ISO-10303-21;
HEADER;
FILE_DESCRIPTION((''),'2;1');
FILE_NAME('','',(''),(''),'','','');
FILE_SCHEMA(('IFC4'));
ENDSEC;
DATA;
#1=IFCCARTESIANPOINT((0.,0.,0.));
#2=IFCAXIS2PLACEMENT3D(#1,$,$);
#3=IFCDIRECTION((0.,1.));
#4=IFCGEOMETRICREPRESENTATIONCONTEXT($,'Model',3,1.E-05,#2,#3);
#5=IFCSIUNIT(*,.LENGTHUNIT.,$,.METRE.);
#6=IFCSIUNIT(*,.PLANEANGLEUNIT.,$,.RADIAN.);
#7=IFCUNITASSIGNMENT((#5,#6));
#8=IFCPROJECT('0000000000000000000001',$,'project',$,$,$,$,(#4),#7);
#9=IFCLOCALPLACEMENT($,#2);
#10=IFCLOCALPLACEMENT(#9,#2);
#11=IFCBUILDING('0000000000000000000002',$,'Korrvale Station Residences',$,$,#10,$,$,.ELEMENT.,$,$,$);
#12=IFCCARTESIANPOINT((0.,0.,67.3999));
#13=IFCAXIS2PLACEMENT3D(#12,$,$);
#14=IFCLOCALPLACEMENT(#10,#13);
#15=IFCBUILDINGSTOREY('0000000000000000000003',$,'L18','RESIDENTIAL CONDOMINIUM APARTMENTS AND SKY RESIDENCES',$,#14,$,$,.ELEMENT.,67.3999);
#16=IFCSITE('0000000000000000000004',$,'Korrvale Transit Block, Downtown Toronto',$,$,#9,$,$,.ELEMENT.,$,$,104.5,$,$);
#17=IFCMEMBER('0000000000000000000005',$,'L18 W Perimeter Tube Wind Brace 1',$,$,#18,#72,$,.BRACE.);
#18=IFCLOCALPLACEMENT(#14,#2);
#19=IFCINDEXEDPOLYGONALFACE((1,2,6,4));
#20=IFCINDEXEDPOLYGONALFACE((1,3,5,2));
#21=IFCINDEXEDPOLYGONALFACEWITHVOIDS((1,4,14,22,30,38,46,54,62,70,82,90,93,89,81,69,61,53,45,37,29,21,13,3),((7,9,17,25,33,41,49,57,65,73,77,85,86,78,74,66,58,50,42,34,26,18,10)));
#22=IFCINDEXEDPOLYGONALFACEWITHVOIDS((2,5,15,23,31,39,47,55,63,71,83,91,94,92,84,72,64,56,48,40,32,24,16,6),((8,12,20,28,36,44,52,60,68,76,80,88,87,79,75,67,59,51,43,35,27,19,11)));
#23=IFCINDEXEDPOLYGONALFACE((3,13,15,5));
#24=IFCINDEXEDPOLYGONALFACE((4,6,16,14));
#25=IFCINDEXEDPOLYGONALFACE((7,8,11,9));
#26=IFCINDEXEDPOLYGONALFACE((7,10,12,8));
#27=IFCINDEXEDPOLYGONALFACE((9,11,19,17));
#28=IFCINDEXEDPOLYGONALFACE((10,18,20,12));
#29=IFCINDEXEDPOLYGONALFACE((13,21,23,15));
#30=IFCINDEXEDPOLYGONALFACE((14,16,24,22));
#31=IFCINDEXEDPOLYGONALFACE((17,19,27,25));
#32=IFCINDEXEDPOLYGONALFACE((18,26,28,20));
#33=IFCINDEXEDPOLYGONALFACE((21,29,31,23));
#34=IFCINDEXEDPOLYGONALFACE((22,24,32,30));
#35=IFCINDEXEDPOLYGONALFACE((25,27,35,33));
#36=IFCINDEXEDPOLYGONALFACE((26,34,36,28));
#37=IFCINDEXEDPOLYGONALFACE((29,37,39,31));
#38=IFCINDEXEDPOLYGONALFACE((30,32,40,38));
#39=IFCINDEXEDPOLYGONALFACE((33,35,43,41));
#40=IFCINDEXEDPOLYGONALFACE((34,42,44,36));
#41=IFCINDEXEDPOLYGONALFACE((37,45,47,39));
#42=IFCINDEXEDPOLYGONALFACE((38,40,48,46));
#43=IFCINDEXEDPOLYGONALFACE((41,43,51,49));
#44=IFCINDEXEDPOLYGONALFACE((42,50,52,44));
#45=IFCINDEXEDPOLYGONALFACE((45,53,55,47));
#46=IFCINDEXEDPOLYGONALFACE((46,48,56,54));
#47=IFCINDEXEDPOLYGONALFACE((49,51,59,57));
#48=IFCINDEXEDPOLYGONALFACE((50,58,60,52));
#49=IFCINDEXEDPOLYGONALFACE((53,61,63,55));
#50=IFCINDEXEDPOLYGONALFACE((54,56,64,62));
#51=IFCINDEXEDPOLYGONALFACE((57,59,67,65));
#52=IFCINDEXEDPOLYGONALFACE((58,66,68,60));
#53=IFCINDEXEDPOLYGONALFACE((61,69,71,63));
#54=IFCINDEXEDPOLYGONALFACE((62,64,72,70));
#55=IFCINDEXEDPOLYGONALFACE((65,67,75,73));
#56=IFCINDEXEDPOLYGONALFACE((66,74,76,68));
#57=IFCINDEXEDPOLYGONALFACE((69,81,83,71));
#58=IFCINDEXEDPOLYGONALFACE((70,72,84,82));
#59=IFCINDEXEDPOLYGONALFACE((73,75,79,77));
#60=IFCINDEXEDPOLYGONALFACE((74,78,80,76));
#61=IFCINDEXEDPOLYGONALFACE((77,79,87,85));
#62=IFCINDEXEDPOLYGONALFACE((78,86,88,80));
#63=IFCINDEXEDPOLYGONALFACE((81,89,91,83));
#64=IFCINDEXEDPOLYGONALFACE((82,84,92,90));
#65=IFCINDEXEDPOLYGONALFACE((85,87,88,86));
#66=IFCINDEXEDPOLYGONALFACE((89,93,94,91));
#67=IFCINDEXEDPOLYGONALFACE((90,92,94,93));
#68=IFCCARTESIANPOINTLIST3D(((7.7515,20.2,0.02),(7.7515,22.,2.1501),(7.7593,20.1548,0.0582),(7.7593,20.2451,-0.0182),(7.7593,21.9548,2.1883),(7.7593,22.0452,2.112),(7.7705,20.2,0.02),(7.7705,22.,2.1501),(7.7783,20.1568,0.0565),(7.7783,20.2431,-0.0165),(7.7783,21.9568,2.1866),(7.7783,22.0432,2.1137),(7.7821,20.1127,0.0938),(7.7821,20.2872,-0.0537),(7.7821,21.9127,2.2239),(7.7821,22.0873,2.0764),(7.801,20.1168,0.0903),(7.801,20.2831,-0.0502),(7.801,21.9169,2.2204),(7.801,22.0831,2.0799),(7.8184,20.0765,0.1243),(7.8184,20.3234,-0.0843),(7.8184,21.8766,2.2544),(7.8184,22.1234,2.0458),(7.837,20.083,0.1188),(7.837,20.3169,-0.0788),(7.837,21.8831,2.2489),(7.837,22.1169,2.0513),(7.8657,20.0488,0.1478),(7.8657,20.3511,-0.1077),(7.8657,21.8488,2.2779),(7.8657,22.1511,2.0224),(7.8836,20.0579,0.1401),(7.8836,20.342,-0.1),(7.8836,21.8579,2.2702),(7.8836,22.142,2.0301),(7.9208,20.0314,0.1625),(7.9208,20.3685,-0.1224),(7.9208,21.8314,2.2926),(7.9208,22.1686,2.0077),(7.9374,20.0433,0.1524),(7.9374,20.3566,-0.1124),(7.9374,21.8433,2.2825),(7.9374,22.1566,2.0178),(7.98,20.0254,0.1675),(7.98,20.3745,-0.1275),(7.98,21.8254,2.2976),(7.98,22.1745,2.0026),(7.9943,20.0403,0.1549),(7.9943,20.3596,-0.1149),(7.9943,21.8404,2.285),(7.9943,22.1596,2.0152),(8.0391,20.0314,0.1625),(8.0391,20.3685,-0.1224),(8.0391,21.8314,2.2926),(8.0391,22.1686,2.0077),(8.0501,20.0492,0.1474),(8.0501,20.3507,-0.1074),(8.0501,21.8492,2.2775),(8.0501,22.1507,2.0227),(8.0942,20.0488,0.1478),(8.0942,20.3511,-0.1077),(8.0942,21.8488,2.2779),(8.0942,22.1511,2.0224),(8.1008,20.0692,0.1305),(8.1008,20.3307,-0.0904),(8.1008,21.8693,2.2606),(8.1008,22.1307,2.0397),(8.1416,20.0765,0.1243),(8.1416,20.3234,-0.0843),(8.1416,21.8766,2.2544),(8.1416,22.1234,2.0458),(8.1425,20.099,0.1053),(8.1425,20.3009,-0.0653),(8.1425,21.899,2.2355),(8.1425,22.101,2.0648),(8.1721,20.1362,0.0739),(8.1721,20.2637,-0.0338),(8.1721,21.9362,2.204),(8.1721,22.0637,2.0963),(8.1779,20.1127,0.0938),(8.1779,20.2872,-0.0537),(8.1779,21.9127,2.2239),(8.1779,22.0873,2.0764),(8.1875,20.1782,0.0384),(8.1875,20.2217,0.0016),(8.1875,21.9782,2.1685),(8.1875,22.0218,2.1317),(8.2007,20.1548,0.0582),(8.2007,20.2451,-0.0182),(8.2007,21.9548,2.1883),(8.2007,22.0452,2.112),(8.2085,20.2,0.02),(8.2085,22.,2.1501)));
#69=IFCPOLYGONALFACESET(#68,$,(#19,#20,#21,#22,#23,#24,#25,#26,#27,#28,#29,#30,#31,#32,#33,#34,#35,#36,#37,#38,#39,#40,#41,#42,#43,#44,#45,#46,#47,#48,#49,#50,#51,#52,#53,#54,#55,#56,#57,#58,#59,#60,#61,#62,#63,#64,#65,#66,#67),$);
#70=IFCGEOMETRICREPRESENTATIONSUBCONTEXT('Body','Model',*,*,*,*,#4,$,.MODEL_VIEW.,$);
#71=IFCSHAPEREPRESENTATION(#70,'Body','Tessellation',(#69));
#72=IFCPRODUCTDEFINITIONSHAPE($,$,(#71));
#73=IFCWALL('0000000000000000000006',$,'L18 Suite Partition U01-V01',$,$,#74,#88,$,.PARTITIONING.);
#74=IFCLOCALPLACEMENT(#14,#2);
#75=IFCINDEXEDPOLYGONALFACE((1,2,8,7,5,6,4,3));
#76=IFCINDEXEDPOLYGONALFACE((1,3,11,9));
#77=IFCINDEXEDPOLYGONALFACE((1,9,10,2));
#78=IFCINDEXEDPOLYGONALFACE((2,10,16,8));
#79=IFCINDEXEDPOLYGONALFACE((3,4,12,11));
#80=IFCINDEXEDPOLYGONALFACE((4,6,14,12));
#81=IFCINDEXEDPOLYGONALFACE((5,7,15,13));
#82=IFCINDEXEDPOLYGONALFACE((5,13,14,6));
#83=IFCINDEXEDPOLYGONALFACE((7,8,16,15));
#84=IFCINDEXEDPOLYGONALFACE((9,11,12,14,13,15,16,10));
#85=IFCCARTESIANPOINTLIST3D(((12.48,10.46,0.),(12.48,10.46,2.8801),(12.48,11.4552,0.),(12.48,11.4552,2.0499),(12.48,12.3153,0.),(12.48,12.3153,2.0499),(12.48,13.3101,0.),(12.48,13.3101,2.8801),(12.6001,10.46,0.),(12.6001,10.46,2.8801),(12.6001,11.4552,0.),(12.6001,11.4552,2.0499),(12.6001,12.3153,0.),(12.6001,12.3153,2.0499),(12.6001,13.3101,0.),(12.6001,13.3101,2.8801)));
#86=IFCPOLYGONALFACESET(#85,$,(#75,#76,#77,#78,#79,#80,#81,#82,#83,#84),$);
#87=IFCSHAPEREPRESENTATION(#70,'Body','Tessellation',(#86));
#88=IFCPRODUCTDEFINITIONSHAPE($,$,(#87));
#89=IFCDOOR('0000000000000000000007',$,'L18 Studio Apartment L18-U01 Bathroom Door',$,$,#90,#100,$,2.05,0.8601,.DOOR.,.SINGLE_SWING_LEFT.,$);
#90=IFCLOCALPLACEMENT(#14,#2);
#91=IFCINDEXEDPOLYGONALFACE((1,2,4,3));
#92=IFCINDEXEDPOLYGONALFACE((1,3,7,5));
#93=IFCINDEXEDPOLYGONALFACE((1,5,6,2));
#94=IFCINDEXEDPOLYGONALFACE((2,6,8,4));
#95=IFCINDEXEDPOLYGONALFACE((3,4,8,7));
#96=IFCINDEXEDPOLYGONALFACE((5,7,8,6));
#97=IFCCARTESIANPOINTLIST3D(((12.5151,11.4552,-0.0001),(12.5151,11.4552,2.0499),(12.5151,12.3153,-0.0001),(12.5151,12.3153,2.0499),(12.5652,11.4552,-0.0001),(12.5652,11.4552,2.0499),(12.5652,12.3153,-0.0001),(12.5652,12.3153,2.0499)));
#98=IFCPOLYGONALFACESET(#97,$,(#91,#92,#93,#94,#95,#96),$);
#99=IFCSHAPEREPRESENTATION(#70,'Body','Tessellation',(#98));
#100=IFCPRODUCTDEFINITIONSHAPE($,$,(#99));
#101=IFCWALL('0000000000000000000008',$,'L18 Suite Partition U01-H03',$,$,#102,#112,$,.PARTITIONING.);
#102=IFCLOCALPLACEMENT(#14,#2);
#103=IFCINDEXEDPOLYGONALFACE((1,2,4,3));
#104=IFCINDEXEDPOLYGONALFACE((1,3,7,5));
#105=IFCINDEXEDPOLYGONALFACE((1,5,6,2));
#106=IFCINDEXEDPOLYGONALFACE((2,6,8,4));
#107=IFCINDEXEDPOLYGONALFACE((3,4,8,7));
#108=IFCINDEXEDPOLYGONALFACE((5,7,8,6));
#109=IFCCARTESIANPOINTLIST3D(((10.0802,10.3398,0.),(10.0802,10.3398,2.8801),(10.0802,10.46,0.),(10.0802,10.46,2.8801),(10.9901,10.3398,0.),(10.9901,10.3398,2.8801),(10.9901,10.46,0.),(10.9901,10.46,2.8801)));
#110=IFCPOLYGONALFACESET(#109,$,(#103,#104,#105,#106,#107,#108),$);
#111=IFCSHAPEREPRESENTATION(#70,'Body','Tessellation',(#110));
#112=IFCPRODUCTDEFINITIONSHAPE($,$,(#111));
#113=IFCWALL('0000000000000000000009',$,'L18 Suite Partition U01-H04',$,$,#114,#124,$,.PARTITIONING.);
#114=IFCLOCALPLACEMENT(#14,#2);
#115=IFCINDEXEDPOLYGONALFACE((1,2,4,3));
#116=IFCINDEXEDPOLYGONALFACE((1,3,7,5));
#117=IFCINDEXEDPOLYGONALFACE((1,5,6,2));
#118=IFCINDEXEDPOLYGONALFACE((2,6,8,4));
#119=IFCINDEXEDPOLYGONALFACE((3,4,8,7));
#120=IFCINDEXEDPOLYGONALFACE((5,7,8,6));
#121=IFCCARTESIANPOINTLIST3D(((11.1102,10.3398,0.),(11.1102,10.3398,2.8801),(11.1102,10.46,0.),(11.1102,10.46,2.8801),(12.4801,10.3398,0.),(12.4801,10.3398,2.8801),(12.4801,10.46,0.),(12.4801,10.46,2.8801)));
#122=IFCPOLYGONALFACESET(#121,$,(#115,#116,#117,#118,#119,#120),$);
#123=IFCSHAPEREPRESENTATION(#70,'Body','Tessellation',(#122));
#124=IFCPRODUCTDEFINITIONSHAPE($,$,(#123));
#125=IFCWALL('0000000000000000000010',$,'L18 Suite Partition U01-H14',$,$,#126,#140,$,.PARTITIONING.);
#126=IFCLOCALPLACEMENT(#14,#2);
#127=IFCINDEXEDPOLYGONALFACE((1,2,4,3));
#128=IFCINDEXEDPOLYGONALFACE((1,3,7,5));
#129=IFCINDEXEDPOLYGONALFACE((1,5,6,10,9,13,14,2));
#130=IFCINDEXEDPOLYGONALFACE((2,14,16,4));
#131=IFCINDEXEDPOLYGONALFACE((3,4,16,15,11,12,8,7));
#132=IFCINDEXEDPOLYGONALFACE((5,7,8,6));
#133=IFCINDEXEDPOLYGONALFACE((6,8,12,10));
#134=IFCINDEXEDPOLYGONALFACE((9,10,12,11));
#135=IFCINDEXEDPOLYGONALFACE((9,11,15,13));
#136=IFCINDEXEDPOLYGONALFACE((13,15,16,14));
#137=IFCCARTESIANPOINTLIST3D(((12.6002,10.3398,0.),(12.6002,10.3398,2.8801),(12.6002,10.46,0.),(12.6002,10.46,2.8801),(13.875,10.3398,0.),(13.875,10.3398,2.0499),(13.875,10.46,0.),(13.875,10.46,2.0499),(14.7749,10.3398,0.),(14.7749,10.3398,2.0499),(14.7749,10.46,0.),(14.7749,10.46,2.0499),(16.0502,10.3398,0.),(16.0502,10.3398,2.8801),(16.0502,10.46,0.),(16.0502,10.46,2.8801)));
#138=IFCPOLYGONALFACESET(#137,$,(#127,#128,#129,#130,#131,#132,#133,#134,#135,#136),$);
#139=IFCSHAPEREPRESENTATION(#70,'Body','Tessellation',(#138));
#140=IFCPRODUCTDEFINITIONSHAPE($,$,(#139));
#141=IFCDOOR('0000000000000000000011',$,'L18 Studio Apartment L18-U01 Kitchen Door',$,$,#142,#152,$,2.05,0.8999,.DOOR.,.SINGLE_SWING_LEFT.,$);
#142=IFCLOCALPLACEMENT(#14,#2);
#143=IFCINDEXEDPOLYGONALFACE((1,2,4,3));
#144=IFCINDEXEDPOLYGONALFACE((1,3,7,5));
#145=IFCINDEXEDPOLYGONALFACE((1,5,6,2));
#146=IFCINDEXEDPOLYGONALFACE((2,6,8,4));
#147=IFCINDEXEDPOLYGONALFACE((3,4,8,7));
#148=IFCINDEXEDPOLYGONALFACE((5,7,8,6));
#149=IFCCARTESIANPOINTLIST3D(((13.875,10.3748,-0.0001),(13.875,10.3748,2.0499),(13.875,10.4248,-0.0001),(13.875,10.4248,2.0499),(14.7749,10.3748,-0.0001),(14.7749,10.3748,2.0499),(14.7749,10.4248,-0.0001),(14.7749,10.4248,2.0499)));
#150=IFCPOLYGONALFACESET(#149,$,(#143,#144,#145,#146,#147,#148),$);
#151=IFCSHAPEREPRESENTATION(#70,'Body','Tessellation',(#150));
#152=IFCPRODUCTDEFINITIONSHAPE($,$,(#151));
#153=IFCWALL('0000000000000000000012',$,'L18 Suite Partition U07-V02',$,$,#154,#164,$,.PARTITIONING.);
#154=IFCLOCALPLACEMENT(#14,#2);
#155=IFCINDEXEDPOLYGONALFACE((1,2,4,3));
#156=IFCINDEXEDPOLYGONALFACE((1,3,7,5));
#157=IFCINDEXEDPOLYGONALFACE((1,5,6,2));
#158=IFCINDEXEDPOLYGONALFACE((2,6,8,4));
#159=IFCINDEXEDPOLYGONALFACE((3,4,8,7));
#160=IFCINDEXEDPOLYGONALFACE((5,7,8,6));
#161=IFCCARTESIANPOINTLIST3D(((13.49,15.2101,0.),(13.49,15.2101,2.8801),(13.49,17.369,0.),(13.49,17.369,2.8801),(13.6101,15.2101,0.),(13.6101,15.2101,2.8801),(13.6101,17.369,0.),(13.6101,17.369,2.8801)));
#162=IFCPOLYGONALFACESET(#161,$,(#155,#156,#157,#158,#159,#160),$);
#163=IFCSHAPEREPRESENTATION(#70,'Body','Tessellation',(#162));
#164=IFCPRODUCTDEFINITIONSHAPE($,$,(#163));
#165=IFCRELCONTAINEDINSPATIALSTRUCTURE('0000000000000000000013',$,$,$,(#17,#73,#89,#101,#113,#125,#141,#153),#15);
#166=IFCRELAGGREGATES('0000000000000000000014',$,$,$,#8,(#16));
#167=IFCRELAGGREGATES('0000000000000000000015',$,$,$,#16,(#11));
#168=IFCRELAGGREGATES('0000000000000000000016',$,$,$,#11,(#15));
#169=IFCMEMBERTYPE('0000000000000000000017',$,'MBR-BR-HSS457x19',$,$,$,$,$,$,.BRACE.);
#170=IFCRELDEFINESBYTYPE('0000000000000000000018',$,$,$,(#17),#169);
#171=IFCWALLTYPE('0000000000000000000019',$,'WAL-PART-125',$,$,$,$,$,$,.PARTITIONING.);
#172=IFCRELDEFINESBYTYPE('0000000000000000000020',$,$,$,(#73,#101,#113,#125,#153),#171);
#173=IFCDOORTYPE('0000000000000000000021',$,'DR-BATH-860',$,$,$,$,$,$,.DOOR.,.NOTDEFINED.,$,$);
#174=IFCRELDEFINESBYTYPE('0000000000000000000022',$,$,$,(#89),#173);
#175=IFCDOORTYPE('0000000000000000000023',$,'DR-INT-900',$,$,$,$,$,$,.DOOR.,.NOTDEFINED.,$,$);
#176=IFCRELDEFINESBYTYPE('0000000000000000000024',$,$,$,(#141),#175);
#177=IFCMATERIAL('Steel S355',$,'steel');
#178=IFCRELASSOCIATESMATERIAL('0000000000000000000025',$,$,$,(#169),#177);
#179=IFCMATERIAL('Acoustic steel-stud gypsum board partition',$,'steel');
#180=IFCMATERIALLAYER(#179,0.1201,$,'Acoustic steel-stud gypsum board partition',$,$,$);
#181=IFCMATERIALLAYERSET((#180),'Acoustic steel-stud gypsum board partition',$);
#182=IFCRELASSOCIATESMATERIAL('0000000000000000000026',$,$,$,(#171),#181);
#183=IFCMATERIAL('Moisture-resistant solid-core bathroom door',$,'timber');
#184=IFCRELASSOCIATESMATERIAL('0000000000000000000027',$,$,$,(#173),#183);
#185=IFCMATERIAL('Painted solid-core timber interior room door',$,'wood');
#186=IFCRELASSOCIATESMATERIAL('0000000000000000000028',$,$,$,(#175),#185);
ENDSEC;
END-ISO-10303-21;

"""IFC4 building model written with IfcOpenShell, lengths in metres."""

from ifc_helpers import new_model, si_unit, direction, frame, frame_2d, origin, origin_2d, place, context, subcontext, project, spatial, rectangle, hollow_circle, extrude, material, layer, layer_set, material_profile, profile_set, type_object, element, fill, save


model = new_model("IFC4")

# Units and contexts
model_context = context("Model", 3, precision=1e-05, world=origin(), true_north=direction((0.0, 1.0)))
body_context = subcontext(model_context, "Body", "Model", "MODEL_VIEW")
ifc_project = project(units=[si_unit("LENGTHUNIT", "METRE"), si_unit("PLANEANGLEUNIT", "RADIAN")], contexts=[model_context])

# Site, building, storey
site_placement = place(None, origin())
site = spatial("IfcSite", under=ifc_project, at=site_placement, Name="Korrvale Transit Block, Downtown Toronto", CompositionType="ELEMENT", RefElevation=104.5)
building_placement = place(site_placement, origin())
building = spatial("IfcBuilding", under=site, at=building_placement, Name="Korrvale Station Residences", CompositionType="ELEMENT")
storey_placement = place(building_placement, frame((0.0, 0.0, 67.3999)))
storey = spatial("IfcBuildingStorey", under=building, at=storey_placement, Name="L18", Description="RESIDENTIAL CONDOMINIUM APARTMENTS AND SKY RESIDENCES", CompositionType="ELEMENT", Elevation=67.3999)

# Shared definitions
ifc_material_1 = material(Name="Steel S355", Category="steel")

# Member
ifc_material_profile_1 = material_profile(ifc_material_1, hollow_circle(Radius=0.2285, WallThickness=0.019, at=origin_2d()), Name="HSS457x19")
ifc_profile_set_1 = profile_set([ifc_material_profile_1], Name="Steel S355")
member_type = type_object("IfcMemberType", Name="MBR-BR-HSS457x19", PredefinedType="BRACE", material=ifc_profile_set_1)
member_placement = place(storey_placement, frame((7.98, 20.2, 0.02), z_axis=(0.0, 0.645448, 0.763805), x_axis=(-1.0, 0.0, 0.0)))
element("IfcMember", 1, at=member_placement, inside=storey, type_object=member_type, Name="L18 W Perimeter Tube Wind Brace 1", PredefinedType="BRACE", context=body_context, shape_type="SweptSolid", body=[
    extrude(hollow_circle(Radius=0.2285, WallThickness=0.019, at=origin_2d()), origin(), (0.0, 0.0, 1.0), 2.7888),
])

# Wall, opening, door
ifc_material_2 = material(Name="Acoustic steel-stud gypsum board partition", Category="steel")
ifc_layer_1 = layer(ifc_material_2, 0.1201, Name="Acoustic steel-stud gypsum board partition")
ifc_layer_set_1 = layer_set([ifc_layer_1], Name="Acoustic steel-stud gypsum board partition")
wall_type_1 = type_object("IfcWallType", Name="WAL-PART-125", PredefinedType="PARTITIONING", material=ifc_layer_set_1)
wall_1_placement = place(storey_placement, frame((12.54, 10.46, 0.0), z_axis=(0.0, 0.0, 1.0), x_axis=(0.0, 1.0, 0.0)))
wall_1 = element("IfcWall", 2, at=wall_1_placement, inside=storey, type_object=wall_type_1, Name="L18 Suite Partition U01-V01", PredefinedType="PARTITIONING", context=body_context, shape_type="SweptSolid", body=[
    extrude(rectangle(XDim=2.8501, YDim=0.1201, at=frame_2d((1.425, 0.0))), origin(), (0.0, 0.0, 1.0), 2.8801),
])
opening_1_placement = place(wall_1_placement, frame((0.9951, 0.0, 0.0)))
opening_1 = element("IfcOpeningElement", 3, at=opening_1_placement, cuts=wall_1, PredefinedType="OPENING", context=body_context, shape_type="SweptSolid", body=[
    extrude(rectangle(XDim=0.8601, YDim=2.05, at=frame_2d((0.4302, 1.0249))), frame((0.0, 0.0701, 0.0), z_axis=(0.0, -1.0, 0.0), x_axis=(1.0, 0.0, 0.0)), (0.0, 0.0, 1.0), 0.1401),
])
ifc_material_3 = material(Name="Moisture-resistant solid-core bathroom door", Category="timber")
door_type_1 = type_object("IfcDoorType", Name="DR-BATH-860", OperationType="NOTDEFINED", PredefinedType="DOOR", material=ifc_material_3)
door_1_placement = place(opening_1_placement, origin())
door_1 = element("IfcDoor", 4, at=door_1_placement, inside=storey, type_object=door_type_1, Name="L18 Studio Apartment L18-U01 Bathroom Door", OperationType="SINGLE_SWING_LEFT", OverallHeight=2.05, OverallWidth=0.8601, PredefinedType="DOOR", context=body_context, shape_type="SweptSolid", body=[
    extrude(rectangle(XDim=0.8601, YDim=2.05, at=frame_2d((0.4302, 1.0249))), frame((0.0, 0.0249, 0.0), z_axis=(0.0, -1.0, 0.0), x_axis=(1.0, 0.0, 0.0)), (0.0, 0.0, 1.0), 0.05),
])
fill(opening_1, door_1)

# Walls
wall_2_placement = place(storey_placement, frame((10.0801, 10.3999, 0.0), z_axis=(0.0, 0.0, 1.0), x_axis=(1.0, 0.0, 0.0)))
element("IfcWall", 5, at=wall_2_placement, inside=storey, type_object=wall_type_1, Name="L18 Suite Partition U01-H03", PredefinedType="PARTITIONING", context=body_context, shape_type="SweptSolid", body=[
    extrude(rectangle(XDim=0.9099, YDim=0.1201, at=frame_2d((0.4551, 0.0))), origin(), (0.0, 0.0, 1.0), 2.8801),
])
wall_3_placement = place(storey_placement, frame((11.1101, 10.3999, 0.0), z_axis=(0.0, 0.0, 1.0), x_axis=(1.0, 0.0, 0.0)))
element("IfcWall", 6, at=wall_3_placement, inside=storey, type_object=wall_type_1, Name="L18 Suite Partition U01-H04", PredefinedType="PARTITIONING", context=body_context, shape_type="SweptSolid", body=[
    extrude(rectangle(XDim=1.3699, YDim=0.1201, at=frame_2d((0.6851, 0.0))), origin(), (0.0, 0.0, 1.0), 2.8801),
])

# Wall, opening, door
wall_4_placement = place(storey_placement, frame((12.6001, 10.3999, 0.0), z_axis=(0.0, 0.0, 1.0), x_axis=(1.0, 0.0, 0.0)))
wall_4 = element("IfcWall", 7, at=wall_4_placement, inside=storey, type_object=wall_type_1, Name="L18 Suite Partition U01-H14", PredefinedType="PARTITIONING", context=body_context, shape_type="SweptSolid", body=[
    extrude(rectangle(XDim=3.45, YDim=0.1201, at=frame_2d((1.7251, 0.0))), origin(), (0.0, 0.0, 1.0), 2.8801),
])
opening_2_placement = place(wall_4_placement, frame((1.2749, 0.0, 0.0)))
opening_2 = element("IfcOpeningElement", 8, at=opening_2_placement, cuts=wall_4, PredefinedType="OPENING", context=body_context, shape_type="SweptSolid", body=[
    extrude(rectangle(XDim=0.8999, YDim=2.05, at=frame_2d((0.45, 1.0249))), frame((0.0, 0.0701, 0.0), z_axis=(0.0, -1.0, 0.0), x_axis=(1.0, 0.0, 0.0)), (0.0, 0.0, 1.0), 0.1401),
])
ifc_material_4 = material(Name="Painted solid-core timber interior room door", Category="wood")
door_type_2 = type_object("IfcDoorType", Name="DR-INT-900", OperationType="NOTDEFINED", PredefinedType="DOOR", material=ifc_material_4)
door_2_placement = place(opening_2_placement, origin())
door_2 = element("IfcDoor", 9, at=door_2_placement, inside=storey, type_object=door_type_2, Name="L18 Studio Apartment L18-U01 Kitchen Door", OperationType="SINGLE_SWING_LEFT", OverallHeight=2.05, OverallWidth=0.8999, PredefinedType="DOOR", context=body_context, shape_type="SweptSolid", body=[
    extrude(rectangle(XDim=0.8999, YDim=2.05, at=frame_2d((0.45, 1.0249))), frame((0.0, 0.0249, 0.0), z_axis=(0.0, -1.0, 0.0), x_axis=(1.0, 0.0, 0.0)), (0.0, 0.0, 1.0), 0.05),
])
fill(opening_2, door_2)

# Wall
wall_5_placement = place(storey_placement, frame((13.55, 15.21, 0.0), z_axis=(0.0, 0.0, 1.0), x_axis=(0.0, 1.0, 0.0)))
element("IfcWall", 10, at=wall_5_placement, inside=storey, type_object=wall_type_1, Name="L18 Suite Partition U07-V02", PredefinedType="PARTITIONING", context=body_context, shape_type="SweptSolid", body=[
    extrude(rectangle(XDim=2.1589, YDim=0.1201, at=frame_2d((1.0796, 0.0))), origin(), (0.0, 0.0, 1.0), 2.8801),
])

save(model, "model.ifc")
